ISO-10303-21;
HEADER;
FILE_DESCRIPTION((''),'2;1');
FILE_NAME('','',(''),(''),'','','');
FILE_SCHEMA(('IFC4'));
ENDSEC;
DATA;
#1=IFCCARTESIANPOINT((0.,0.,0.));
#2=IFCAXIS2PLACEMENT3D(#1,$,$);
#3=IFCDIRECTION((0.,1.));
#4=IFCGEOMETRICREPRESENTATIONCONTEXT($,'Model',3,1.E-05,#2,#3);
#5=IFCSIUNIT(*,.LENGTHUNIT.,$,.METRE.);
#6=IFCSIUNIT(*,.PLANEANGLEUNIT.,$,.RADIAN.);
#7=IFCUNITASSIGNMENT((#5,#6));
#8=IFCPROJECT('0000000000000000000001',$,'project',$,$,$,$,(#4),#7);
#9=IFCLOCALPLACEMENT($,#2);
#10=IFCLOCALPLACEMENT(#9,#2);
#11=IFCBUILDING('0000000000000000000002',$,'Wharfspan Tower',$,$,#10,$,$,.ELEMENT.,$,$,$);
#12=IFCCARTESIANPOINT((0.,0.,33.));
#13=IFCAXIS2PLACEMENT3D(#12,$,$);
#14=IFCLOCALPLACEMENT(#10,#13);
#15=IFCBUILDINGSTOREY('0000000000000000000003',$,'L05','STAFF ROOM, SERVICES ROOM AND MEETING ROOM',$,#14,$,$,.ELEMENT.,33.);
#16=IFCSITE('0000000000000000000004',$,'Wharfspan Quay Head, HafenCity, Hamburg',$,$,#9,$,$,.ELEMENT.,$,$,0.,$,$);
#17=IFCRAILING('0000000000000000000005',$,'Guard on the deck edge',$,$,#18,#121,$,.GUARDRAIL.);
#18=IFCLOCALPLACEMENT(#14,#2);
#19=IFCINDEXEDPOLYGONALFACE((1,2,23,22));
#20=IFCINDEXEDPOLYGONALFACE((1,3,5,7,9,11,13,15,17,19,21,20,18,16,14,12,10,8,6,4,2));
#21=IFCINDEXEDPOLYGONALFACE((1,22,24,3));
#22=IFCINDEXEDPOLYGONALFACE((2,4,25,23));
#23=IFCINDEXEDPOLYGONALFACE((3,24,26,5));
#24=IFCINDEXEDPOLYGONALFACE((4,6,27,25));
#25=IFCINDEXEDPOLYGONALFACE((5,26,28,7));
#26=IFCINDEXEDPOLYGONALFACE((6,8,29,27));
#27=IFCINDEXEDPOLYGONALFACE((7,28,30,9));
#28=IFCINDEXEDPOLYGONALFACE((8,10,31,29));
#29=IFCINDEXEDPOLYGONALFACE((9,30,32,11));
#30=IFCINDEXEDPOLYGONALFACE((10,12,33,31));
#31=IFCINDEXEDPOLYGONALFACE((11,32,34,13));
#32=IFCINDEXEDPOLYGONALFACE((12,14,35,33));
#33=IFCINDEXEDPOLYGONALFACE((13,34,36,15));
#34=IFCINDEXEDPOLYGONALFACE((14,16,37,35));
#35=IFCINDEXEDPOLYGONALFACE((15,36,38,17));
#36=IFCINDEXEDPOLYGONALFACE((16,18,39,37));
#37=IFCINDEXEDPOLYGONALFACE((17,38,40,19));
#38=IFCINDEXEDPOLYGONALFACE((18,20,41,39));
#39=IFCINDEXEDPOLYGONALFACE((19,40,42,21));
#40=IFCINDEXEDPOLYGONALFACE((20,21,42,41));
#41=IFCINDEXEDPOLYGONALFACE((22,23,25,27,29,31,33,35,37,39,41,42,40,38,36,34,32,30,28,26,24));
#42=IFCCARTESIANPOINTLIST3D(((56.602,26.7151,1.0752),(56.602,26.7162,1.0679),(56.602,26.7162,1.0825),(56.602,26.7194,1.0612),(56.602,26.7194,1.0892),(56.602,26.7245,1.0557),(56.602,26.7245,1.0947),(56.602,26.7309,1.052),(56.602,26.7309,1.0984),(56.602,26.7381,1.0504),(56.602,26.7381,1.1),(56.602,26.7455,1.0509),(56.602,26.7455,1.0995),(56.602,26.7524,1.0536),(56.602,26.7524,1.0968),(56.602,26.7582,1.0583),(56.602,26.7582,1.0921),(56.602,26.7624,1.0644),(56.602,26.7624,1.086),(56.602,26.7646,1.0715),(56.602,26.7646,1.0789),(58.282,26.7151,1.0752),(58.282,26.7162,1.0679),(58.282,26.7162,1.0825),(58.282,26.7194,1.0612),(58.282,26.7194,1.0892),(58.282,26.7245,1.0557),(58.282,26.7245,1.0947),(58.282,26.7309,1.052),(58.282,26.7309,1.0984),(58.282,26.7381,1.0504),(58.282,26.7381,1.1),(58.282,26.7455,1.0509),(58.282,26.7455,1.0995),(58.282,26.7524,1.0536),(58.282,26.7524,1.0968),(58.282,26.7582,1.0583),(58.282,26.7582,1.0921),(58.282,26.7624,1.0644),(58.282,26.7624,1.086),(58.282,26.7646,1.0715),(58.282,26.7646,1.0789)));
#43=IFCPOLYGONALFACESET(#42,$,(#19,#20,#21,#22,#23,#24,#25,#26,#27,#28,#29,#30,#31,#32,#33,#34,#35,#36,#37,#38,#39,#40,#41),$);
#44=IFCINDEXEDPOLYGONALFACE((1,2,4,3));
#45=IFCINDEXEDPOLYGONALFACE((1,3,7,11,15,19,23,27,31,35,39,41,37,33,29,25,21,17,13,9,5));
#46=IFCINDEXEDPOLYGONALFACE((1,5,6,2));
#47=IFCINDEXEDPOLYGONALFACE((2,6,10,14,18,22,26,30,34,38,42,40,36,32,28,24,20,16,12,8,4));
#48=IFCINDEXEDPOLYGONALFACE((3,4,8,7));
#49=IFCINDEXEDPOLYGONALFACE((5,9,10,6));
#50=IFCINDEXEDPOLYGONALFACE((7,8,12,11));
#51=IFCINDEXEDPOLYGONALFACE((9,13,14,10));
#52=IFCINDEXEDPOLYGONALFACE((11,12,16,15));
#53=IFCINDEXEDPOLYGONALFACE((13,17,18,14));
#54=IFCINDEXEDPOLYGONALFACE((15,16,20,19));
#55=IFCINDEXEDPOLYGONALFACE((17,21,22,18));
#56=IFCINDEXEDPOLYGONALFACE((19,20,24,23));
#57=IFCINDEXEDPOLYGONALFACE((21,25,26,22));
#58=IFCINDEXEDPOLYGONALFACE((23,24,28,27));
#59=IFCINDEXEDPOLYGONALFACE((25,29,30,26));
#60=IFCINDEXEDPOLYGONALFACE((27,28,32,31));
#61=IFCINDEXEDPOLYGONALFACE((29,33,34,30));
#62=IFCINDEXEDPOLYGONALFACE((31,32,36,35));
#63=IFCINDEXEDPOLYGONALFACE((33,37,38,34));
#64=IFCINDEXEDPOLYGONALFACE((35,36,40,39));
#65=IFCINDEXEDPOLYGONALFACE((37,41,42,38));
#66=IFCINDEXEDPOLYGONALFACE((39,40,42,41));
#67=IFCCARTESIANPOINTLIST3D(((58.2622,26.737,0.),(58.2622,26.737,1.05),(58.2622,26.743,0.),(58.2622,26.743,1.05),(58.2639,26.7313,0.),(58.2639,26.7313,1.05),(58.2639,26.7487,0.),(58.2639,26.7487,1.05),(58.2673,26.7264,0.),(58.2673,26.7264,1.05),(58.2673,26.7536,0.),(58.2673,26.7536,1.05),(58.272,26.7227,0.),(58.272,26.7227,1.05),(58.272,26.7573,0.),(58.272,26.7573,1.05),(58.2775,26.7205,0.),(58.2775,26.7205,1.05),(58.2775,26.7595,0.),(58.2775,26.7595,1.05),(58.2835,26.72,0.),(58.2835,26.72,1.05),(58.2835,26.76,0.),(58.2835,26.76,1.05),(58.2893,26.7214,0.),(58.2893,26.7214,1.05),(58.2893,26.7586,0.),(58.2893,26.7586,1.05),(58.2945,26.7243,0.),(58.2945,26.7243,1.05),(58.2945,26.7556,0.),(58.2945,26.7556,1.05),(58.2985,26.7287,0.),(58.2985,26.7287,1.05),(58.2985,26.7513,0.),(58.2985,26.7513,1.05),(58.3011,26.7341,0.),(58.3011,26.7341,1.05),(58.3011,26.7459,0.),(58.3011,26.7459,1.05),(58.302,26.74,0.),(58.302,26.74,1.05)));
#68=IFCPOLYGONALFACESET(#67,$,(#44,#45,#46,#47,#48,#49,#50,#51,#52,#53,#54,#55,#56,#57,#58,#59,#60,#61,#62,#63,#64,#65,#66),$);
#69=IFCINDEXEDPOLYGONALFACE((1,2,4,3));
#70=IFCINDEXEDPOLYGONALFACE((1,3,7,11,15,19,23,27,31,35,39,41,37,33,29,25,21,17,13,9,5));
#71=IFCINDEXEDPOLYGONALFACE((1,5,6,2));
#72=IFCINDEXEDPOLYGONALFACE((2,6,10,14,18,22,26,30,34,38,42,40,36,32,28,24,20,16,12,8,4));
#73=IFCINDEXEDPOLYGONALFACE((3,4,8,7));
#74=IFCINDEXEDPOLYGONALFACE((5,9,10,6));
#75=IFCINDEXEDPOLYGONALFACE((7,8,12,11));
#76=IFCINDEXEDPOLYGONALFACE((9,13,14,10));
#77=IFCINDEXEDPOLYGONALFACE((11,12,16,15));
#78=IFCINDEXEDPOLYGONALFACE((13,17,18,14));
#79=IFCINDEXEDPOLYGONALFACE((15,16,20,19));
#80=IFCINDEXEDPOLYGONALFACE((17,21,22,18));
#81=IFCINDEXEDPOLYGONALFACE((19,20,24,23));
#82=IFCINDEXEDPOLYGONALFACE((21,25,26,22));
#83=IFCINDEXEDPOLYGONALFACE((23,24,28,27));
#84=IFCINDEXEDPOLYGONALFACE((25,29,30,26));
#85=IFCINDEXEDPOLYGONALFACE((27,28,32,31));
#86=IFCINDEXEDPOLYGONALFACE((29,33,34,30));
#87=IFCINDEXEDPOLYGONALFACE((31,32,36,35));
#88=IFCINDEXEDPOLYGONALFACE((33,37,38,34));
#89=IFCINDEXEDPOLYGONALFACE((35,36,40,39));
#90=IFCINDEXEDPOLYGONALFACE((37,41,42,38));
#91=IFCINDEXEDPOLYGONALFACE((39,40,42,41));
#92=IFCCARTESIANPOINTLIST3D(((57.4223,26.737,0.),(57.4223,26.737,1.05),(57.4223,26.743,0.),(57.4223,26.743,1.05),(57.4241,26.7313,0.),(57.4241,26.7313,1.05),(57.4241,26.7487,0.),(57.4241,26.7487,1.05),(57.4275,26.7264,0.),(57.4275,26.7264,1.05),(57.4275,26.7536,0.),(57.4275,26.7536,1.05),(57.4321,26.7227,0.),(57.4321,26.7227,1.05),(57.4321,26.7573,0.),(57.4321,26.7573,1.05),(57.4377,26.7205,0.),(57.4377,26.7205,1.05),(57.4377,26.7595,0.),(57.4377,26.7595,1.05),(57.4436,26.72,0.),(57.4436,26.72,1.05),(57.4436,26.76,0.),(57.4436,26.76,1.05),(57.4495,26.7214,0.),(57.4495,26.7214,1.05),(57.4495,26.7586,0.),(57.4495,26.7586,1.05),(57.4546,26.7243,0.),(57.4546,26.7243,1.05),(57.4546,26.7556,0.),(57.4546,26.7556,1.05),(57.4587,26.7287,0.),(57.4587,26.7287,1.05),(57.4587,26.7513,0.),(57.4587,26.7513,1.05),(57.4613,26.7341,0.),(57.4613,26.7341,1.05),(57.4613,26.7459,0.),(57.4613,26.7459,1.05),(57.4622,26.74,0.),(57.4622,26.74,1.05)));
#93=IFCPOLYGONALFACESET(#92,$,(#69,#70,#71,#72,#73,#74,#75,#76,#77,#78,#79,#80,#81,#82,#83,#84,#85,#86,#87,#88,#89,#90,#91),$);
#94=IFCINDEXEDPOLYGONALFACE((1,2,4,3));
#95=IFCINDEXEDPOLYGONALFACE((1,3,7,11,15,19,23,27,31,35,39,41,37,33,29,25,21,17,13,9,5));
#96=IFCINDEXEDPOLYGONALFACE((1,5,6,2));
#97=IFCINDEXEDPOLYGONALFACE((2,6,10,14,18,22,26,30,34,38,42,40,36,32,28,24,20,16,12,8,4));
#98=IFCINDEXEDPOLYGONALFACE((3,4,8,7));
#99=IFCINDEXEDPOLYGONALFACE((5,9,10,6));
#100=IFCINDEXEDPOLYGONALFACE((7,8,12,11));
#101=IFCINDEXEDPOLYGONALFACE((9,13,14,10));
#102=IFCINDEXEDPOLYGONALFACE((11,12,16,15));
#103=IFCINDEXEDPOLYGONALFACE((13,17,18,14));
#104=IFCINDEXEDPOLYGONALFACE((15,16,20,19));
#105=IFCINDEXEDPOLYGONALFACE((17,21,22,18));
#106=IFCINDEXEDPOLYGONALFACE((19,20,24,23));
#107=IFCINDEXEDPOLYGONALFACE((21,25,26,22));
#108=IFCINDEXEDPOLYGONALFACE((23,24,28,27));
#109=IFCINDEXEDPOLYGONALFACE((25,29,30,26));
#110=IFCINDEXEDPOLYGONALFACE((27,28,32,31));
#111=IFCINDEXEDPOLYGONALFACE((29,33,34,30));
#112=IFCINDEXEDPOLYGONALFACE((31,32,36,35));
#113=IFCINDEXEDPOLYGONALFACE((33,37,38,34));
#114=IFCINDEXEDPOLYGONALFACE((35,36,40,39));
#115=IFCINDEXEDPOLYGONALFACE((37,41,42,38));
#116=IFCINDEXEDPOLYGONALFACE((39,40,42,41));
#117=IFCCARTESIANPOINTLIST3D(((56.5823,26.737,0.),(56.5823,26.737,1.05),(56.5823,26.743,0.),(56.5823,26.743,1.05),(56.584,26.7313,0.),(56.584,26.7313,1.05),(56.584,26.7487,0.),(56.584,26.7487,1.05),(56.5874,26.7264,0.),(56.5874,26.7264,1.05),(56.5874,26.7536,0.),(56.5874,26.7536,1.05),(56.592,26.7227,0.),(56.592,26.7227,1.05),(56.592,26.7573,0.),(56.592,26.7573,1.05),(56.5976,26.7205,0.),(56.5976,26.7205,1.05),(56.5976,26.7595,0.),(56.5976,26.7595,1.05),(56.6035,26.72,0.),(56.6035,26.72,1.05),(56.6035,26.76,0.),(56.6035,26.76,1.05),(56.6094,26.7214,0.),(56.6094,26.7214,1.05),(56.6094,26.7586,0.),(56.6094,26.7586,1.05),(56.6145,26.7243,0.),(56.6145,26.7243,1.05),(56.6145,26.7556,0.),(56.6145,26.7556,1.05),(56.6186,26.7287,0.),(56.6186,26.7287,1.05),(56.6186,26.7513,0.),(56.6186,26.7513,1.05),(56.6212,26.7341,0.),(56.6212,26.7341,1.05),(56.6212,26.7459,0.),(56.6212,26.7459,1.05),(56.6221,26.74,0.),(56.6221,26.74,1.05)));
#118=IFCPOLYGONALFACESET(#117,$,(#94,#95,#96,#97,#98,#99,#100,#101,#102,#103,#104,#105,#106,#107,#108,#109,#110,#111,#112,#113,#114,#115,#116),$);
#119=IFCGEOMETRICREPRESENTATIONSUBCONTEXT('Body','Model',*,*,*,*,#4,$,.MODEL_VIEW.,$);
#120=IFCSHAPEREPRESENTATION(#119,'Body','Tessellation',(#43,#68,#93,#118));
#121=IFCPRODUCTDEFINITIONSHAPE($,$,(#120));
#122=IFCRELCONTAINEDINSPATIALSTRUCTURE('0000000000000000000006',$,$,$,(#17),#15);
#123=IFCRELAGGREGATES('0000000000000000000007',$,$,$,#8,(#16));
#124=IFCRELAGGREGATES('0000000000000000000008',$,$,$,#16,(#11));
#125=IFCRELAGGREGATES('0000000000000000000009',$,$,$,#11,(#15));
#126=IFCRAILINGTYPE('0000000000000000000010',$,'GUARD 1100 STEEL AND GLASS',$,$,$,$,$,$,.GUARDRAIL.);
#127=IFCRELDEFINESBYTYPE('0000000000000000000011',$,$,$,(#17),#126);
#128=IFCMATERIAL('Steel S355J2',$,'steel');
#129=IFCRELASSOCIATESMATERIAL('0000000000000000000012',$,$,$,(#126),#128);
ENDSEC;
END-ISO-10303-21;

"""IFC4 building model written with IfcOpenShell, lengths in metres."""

from ifc_helpers import new_model, si_unit, direction, frame, origin, origin_2d, place, context, subcontext, project, spatial, circle, extrude, material, type_object, element, save


model = new_model("IFC4")

# Units and contexts
model_context = context("Model", 3, precision=1e-05, world=origin(), true_north=direction((0.0, 1.0)))
body_context = subcontext(model_context, "Body", "Model", "MODEL_VIEW")
ifc_project = project(units=[si_unit("LENGTHUNIT", "METRE"), si_unit("PLANEANGLEUNIT", "RADIAN")], contexts=[model_context])

# Site, building, storey
site_placement = place(None, origin())
site = spatial("IfcSite", under=ifc_project, at=site_placement, Name="Wharfspan Quay Head, HafenCity, Hamburg", CompositionType="ELEMENT", RefElevation=0.0)
building_placement = place(site_placement, origin())
building = spatial("IfcBuilding", under=site, at=building_placement, Name="Wharfspan Tower", CompositionType="ELEMENT")
storey_placement = place(building_placement, frame((0.0, 0.0, 33.0)))
storey = spatial("IfcBuildingStorey", under=building, at=storey_placement, Name="L05", Description="STAFF ROOM, SERVICES ROOM AND MEETING ROOM", CompositionType="ELEMENT", Elevation=33.0)

# Railing
ifc_material_1 = material(Name="Steel S355J2", Category="steel")
railing_type = type_object("IfcRailingType", Name="GUARD 1100 STEEL AND GLASS", PredefinedType="GUARDRAIL", material=ifc_material_1)
railing_1_placement = place(storey_placement, frame((58.282, 26.74, 0.0)))
element("IfcRailing", 1, at=railing_1_placement, inside=storey, type_object=railing_type, Name="Guard on the deck edge", PredefinedType="GUARDRAIL", context=body_context, shape_type="SweptSolid", body=[
    extrude(circle(Radius=0.0249, at=origin_2d()), frame((0.0, 0.0, 1.0752), z_axis=(-1.0, 0.0, 0.0), x_axis=(0.0, -1.0, 0.0)), (0.0, 0.0, 1.0), 1.6799),
    extrude(circle(Radius=0.02, at=origin_2d()), origin(), (0.0, 0.0, 1.0), 1.05),
    extrude(circle(Radius=0.02, at=origin_2d()), frame((-0.8398, 0.0, 0.0)), (0.0, 0.0, 1.0), 1.05),
    extrude(circle(Radius=0.02, at=origin_2d()), frame((-1.6799, 0.0, 0.0)), (0.0, 0.0, 1.0), 1.05),
])

save(model, "model.ifc")
